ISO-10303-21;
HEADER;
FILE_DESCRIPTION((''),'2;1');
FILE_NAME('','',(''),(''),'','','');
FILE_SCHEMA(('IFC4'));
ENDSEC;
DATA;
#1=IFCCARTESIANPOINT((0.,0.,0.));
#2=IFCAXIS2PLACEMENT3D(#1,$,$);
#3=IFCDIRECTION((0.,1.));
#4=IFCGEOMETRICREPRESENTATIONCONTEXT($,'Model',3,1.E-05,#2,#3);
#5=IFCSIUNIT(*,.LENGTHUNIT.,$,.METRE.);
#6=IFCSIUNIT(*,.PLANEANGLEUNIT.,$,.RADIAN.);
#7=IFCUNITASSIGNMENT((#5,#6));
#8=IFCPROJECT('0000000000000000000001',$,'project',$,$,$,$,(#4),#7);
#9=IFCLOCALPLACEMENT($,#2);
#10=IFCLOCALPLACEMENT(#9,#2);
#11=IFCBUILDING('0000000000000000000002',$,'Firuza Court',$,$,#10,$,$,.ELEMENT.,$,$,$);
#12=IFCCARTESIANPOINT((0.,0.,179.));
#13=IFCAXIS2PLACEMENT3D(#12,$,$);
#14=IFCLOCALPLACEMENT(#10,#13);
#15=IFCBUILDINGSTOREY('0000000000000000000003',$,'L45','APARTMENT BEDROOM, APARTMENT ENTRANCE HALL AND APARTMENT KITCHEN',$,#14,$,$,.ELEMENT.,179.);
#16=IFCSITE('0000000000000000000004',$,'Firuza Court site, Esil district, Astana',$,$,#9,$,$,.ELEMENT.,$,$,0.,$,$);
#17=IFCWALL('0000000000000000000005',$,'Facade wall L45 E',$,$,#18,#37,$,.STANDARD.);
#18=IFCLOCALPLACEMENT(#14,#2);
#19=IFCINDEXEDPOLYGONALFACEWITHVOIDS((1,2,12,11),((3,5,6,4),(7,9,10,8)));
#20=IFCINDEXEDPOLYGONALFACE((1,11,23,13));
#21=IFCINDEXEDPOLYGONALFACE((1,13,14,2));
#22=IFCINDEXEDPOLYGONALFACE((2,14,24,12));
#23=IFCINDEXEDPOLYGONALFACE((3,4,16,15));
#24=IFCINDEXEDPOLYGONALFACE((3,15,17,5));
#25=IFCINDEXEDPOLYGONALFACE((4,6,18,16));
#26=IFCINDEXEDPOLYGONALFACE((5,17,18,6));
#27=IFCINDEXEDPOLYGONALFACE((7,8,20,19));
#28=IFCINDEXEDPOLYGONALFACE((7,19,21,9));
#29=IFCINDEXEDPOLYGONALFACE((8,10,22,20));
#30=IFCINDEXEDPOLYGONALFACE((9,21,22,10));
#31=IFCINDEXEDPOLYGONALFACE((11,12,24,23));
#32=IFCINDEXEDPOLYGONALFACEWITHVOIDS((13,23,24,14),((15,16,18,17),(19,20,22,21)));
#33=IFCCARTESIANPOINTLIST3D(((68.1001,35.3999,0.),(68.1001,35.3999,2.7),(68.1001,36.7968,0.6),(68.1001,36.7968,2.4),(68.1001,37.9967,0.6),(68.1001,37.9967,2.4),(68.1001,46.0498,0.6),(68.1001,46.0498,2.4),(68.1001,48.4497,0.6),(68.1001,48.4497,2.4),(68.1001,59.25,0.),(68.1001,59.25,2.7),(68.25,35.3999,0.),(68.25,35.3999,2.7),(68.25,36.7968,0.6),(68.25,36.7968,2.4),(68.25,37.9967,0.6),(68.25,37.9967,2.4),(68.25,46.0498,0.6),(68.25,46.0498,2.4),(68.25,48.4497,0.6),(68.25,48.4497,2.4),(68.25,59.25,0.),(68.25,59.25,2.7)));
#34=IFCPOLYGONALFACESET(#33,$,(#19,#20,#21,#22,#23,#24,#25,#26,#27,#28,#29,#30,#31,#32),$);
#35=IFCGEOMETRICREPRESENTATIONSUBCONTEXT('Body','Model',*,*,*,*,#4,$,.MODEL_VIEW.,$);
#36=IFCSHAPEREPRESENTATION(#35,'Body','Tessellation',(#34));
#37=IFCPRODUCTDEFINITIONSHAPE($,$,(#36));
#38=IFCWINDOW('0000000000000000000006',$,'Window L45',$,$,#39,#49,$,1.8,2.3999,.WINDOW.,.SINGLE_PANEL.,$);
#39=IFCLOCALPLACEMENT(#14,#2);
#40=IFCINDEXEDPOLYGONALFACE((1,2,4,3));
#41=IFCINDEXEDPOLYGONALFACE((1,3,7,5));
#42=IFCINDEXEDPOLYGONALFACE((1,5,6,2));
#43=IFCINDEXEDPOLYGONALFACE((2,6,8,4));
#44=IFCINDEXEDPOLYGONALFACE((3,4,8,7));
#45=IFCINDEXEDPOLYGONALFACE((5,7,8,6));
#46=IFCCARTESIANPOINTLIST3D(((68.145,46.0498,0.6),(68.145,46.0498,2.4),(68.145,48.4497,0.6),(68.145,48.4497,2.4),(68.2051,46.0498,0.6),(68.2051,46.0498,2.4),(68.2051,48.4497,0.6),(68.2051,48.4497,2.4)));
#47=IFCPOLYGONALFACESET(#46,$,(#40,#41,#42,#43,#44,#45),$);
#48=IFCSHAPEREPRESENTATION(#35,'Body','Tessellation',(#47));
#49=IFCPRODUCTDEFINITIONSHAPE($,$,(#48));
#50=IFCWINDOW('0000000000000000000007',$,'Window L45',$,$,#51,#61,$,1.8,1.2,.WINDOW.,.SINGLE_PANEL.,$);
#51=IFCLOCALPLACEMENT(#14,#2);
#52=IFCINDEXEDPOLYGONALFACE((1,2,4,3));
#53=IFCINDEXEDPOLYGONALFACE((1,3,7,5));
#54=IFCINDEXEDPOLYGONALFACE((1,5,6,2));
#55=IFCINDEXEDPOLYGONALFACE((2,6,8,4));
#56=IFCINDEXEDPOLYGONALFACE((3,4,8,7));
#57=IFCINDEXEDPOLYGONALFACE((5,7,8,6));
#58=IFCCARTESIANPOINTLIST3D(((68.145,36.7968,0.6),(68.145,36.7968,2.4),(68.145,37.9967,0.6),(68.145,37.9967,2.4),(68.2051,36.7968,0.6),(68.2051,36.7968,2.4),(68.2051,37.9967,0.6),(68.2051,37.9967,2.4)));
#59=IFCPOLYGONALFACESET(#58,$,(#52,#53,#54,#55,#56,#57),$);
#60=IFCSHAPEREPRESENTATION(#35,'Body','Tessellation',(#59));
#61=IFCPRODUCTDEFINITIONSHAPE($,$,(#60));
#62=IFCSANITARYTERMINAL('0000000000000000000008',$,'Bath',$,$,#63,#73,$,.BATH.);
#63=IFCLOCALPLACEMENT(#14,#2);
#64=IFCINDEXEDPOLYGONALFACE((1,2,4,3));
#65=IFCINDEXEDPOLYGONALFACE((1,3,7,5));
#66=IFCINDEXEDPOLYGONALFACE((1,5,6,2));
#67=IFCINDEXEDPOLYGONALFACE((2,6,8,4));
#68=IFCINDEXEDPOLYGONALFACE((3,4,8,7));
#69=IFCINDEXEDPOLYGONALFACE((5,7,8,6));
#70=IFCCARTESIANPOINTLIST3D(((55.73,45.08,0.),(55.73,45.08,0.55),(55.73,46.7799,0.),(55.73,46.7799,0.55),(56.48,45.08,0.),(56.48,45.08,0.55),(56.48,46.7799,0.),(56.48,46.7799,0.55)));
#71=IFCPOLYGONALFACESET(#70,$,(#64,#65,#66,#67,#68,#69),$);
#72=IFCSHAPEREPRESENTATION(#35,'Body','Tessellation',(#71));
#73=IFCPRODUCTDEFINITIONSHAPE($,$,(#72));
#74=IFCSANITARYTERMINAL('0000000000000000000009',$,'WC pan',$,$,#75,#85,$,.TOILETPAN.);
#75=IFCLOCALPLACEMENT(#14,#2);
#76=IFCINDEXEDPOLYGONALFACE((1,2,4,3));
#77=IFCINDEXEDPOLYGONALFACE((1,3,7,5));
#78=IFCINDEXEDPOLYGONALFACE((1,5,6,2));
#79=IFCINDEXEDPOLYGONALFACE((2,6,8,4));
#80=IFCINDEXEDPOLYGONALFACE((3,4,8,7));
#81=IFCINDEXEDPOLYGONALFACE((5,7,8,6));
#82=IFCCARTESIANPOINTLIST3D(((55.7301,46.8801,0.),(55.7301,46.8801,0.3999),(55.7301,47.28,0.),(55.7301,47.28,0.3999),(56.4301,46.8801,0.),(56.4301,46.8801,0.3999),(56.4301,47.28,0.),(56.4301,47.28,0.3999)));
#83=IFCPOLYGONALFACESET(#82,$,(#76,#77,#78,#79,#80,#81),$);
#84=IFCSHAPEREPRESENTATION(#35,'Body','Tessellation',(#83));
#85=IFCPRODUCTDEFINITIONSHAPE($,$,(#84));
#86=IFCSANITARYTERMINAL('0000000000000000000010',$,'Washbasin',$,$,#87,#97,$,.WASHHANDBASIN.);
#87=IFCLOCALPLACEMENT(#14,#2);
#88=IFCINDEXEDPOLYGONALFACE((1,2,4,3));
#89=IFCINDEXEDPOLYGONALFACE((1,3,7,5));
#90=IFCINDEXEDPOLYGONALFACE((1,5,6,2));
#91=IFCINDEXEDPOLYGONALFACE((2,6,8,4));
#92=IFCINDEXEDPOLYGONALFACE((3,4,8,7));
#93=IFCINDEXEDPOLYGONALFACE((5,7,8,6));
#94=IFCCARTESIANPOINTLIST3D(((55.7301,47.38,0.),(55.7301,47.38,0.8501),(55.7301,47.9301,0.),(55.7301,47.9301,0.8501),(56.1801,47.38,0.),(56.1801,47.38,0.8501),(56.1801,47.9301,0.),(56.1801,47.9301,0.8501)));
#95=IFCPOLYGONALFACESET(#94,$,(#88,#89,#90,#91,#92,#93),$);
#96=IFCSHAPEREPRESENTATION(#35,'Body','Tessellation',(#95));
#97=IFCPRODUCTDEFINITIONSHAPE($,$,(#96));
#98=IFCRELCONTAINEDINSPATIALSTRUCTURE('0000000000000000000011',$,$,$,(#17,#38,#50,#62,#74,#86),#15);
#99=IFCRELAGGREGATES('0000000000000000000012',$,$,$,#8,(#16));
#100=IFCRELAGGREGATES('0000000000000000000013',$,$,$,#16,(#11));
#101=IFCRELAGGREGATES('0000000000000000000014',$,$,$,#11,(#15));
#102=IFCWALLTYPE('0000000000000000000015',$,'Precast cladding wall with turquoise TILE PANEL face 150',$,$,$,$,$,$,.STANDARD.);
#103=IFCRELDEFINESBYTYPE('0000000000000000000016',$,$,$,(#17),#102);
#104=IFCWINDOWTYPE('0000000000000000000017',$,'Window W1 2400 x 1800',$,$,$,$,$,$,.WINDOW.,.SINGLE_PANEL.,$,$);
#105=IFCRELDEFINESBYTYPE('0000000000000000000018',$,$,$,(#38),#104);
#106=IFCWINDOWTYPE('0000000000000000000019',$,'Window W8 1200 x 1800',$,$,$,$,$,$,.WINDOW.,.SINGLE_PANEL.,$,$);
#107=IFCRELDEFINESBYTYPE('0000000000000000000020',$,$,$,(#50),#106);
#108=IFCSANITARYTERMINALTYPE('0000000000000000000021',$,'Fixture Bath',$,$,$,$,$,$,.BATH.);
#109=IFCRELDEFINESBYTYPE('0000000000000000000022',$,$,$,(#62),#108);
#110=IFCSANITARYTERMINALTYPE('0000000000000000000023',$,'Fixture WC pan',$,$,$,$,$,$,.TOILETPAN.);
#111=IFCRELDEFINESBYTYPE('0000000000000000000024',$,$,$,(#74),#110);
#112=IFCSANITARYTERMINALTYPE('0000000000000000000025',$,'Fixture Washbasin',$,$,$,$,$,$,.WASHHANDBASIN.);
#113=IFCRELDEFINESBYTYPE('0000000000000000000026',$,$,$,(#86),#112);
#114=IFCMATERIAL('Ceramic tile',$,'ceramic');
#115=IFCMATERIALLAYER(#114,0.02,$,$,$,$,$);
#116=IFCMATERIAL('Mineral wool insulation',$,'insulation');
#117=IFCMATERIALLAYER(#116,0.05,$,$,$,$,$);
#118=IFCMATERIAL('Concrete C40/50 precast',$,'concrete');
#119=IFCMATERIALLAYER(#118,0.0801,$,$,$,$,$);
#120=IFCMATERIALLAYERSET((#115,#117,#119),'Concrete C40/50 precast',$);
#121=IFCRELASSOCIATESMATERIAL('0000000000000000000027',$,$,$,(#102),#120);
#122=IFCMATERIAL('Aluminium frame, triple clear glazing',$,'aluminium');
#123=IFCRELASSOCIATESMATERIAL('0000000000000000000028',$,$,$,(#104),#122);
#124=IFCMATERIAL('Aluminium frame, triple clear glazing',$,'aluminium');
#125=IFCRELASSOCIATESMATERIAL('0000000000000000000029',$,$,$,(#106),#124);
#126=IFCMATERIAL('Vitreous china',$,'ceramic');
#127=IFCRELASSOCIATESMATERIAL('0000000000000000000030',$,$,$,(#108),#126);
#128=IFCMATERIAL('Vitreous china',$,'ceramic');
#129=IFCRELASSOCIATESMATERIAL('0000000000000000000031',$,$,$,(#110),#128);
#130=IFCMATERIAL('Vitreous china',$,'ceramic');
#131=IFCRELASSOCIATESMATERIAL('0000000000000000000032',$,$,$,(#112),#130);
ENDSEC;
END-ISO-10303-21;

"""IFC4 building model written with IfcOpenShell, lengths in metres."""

from ifc_helpers import new_model, si_unit, direction, frame, frame_2d, origin, origin_2d, place, context, subcontext, project, spatial, rectangle, extrude, material, layer, layer_set, type_object, element, fill, save


model = new_model("IFC4")

# Units and contexts
model_context = context("Model", 3, precision=1e-05, world=origin(), true_north=direction((0.0, 1.0)))
body_context = subcontext(model_context, "Body", "Model", "MODEL_VIEW")
ifc_project = project(units=[si_unit("LENGTHUNIT", "METRE"), si_unit("PLANEANGLEUNIT", "RADIAN")], contexts=[model_context])

# Site, building, storey
site_placement = place(None, origin())
site = spatial("IfcSite", under=ifc_project, at=site_placement, Name="Firuza Court site, Esil district, Astana", CompositionType="ELEMENT", RefElevation=0.0)
building_placement = place(site_placement, origin())
building = spatial("IfcBuilding", under=site, at=building_placement, Name="Firuza Court", CompositionType="ELEMENT")
storey_placement = place(building_placement, frame((0.0, 0.0, 179.0)))
storey = spatial("IfcBuildingStorey", under=building, at=storey_placement, Name="L45", Description="APARTMENT BEDROOM, APARTMENT ENTRANCE HALL AND APARTMENT KITCHEN", CompositionType="ELEMENT", Elevation=179.0)

# Wall, openings, windows
ifc_material_1 = material(Name="Ceramic tile", Category="ceramic")
ifc_layer_1 = layer(ifc_material_1, 0.02)
ifc_material_2 = material(Name="Mineral wool insulation", Category="insulation")
ifc_layer_2 = layer(ifc_material_2, 0.05)
ifc_material_3 = material(Name="Concrete C40/50 precast", Category="concrete")
ifc_layer_3 = layer(ifc_material_3, 0.0801)
ifc_layer_set_1 = layer_set([ifc_layer_1, ifc_layer_2, ifc_layer_3], Name="Concrete C40/50 precast")
wall_type_1 = type_object("IfcWallType", Name="Precast cladding wall with turquoise TILE PANEL face 150", PredefinedType="STANDARD", material=ifc_layer_set_1)
wall_1_placement = place(storey_placement, frame((68.175, 35.3999, 0.0), z_axis=(0.0, 0.0, 1.0), x_axis=(0.0, 1.0, 0.0)))
wall_1 = element("IfcWall", 1, at=wall_1_placement, inside=storey, type_object=wall_type_1, Name="Facade wall L45 E", PredefinedType="STANDARD", context=body_context, shape_type="SweptSolid", body=[
    extrude(rectangle(XDim=23.8501, YDim=0.1499, at=frame_2d((11.925, 0.0))), origin(), (0.0, 0.0, 1.0), 2.7),
])
opening_1_placement = place(wall_1_placement, frame((1.3967, 0.0, 0.6001)))
opening_1 = element("IfcOpeningElement", 2, at=opening_1_placement, cuts=wall_1, PredefinedType="OPENING", context=body_context, shape_type="SweptSolid", body=[
    extrude(rectangle(XDim=1.2, YDim=1.8, at=frame_2d((0.6001, 0.8999))), frame((0.0, 0.0869, 0.0), z_axis=(0.0, -1.0, 0.0), x_axis=(1.0, 0.0, 0.0)), (0.0, 0.0, 1.0), 0.1738),
])
opening_2_placement = place(wall_1_placement, frame((10.6499, 0.0, 0.6001)))
opening_2 = element("IfcOpeningElement", 3, at=opening_2_placement, cuts=wall_1, PredefinedType="OPENING", context=body_context, shape_type="SweptSolid", body=[
    extrude(rectangle(XDim=2.3999, YDim=1.8, at=frame_2d((1.2, 0.8999))), frame((0.0, 0.0869, 0.0), z_axis=(0.0, -1.0, 0.0), x_axis=(1.0, 0.0, 0.0)), (0.0, 0.0, 1.0), 0.1738),
])
ifc_material_4 = material(Name="Aluminium frame, triple clear glazing", Category="aluminium")
window_type_1 = type_object("IfcWindowType", Name="Window W1 2400 x 1800", PartitioningType="SINGLE_PANEL", PredefinedType="WINDOW", material=ifc_material_4)
window_1_placement = place(opening_2_placement, origin())
window_1 = element("IfcWindow", 4, at=window_1_placement, inside=storey, type_object=window_type_1, Name="Window L45", OverallHeight=1.8, OverallWidth=2.3999, PartitioningType="SINGLE_PANEL", PredefinedType="WINDOW", context=body_context, shape_type="SweptSolid", body=[
    extrude(rectangle(XDim=2.3999, YDim=1.8, at=frame_2d((1.2, 0.8999))), frame((0.0, 0.03, 0.0), z_axis=(0.0, -1.0, 0.0), x_axis=(1.0, 0.0, 0.0)), (0.0, 0.0, 1.0), 0.0601),
])
fill(opening_2, window_1)
ifc_material_5 = material(Name="Aluminium frame, triple clear glazing", Category="aluminium")
window_type_2 = type_object("IfcWindowType", Name="Window W8 1200 x 1800", PartitioningType="SINGLE_PANEL", PredefinedType="WINDOW", material=ifc_material_5)
window_2_placement = place(opening_1_placement, origin())
window_2 = element("IfcWindow", 5, at=window_2_placement, inside=storey, type_object=window_type_2, Name="Window L45", OverallHeight=1.8, OverallWidth=1.2, PartitioningType="SINGLE_PANEL", PredefinedType="WINDOW", context=body_context, shape_type="SweptSolid", body=[
    extrude(rectangle(XDim=1.2, YDim=1.8, at=frame_2d((0.6001, 0.8999))), frame((0.0, 0.03, 0.0), z_axis=(0.0, -1.0, 0.0), x_axis=(1.0, 0.0, 0.0)), (0.0, 0.0, 1.0), 0.0601),
])
fill(opening_1, window_2)

# Sanitary terminals
ifc_material_6 = material(Name="Vitreous china", Category="ceramic")
sanitary_terminal_type_1 = type_object("IfcSanitaryTerminalType", Name="Fixture Bath", PredefinedType="BATH", material=ifc_material_6)
sanitary_terminal_1_placement = place(storey_placement, frame((56.105, 45.9299, 0.0), z_axis=(0.0, 0.0, 1.0), x_axis=(1.0, 0.0, 0.0)))
element("IfcSanitaryTerminal", 6, at=sanitary_terminal_1_placement, inside=storey, type_object=sanitary_terminal_type_1, Name="Bath", PredefinedType="BATH", context=body_context, shape_type="SweptSolid", body=[
    extrude(rectangle(XDim=0.75, YDim=1.7, at=origin_2d()), origin(), (0.0, 0.0, 1.0), 0.55),
])
ifc_material_7 = material(Name="Vitreous china", Category="ceramic")
sanitary_terminal_type_2 = type_object("IfcSanitaryTerminalType", Name="Fixture WC pan", PredefinedType="TOILETPAN", material=ifc_material_7)
sanitary_terminal_2_placement = place(storey_placement, frame((56.0801, 47.0801, 0.0), z_axis=(0.0, 0.0, 1.0), x_axis=(1.0, 0.0, 0.0)))
element("IfcSanitaryTerminal", 7, at=sanitary_terminal_2_placement, inside=storey, type_object=sanitary_terminal_type_2, Name="WC pan", PredefinedType="TOILETPAN", context=body_context, shape_type="SweptSolid", body=[
    extrude(rectangle(XDim=0.7, YDim=0.3999, at=origin_2d()), origin(), (0.0, 0.0, 1.0), 0.3999),
])
ifc_material_8 = material(Name="Vitreous china", Category="ceramic")
sanitary_terminal_type_3 = type_object("IfcSanitaryTerminalType", Name="Fixture Washbasin", PredefinedType="WASHHANDBASIN", material=ifc_material_8)
sanitary_terminal_3_placement = place(storey_placement, frame((55.9551, 47.655, 0.0), z_axis=(0.0, 0.0, 1.0), x_axis=(1.0, 0.0, 0.0)))
element("IfcSanitaryTerminal", 8, at=sanitary_terminal_3_placement, inside=storey, type_object=sanitary_terminal_type_3, Name="Washbasin", PredefinedType="WASHHANDBASIN", context=body_context, shape_type="SweptSolid", body=[
    extrude(rectangle(XDim=0.45, YDim=0.55, at=origin_2d()), origin(), (0.0, 0.0, 1.0), 0.8501),
])

save(model, "model.ifc")
